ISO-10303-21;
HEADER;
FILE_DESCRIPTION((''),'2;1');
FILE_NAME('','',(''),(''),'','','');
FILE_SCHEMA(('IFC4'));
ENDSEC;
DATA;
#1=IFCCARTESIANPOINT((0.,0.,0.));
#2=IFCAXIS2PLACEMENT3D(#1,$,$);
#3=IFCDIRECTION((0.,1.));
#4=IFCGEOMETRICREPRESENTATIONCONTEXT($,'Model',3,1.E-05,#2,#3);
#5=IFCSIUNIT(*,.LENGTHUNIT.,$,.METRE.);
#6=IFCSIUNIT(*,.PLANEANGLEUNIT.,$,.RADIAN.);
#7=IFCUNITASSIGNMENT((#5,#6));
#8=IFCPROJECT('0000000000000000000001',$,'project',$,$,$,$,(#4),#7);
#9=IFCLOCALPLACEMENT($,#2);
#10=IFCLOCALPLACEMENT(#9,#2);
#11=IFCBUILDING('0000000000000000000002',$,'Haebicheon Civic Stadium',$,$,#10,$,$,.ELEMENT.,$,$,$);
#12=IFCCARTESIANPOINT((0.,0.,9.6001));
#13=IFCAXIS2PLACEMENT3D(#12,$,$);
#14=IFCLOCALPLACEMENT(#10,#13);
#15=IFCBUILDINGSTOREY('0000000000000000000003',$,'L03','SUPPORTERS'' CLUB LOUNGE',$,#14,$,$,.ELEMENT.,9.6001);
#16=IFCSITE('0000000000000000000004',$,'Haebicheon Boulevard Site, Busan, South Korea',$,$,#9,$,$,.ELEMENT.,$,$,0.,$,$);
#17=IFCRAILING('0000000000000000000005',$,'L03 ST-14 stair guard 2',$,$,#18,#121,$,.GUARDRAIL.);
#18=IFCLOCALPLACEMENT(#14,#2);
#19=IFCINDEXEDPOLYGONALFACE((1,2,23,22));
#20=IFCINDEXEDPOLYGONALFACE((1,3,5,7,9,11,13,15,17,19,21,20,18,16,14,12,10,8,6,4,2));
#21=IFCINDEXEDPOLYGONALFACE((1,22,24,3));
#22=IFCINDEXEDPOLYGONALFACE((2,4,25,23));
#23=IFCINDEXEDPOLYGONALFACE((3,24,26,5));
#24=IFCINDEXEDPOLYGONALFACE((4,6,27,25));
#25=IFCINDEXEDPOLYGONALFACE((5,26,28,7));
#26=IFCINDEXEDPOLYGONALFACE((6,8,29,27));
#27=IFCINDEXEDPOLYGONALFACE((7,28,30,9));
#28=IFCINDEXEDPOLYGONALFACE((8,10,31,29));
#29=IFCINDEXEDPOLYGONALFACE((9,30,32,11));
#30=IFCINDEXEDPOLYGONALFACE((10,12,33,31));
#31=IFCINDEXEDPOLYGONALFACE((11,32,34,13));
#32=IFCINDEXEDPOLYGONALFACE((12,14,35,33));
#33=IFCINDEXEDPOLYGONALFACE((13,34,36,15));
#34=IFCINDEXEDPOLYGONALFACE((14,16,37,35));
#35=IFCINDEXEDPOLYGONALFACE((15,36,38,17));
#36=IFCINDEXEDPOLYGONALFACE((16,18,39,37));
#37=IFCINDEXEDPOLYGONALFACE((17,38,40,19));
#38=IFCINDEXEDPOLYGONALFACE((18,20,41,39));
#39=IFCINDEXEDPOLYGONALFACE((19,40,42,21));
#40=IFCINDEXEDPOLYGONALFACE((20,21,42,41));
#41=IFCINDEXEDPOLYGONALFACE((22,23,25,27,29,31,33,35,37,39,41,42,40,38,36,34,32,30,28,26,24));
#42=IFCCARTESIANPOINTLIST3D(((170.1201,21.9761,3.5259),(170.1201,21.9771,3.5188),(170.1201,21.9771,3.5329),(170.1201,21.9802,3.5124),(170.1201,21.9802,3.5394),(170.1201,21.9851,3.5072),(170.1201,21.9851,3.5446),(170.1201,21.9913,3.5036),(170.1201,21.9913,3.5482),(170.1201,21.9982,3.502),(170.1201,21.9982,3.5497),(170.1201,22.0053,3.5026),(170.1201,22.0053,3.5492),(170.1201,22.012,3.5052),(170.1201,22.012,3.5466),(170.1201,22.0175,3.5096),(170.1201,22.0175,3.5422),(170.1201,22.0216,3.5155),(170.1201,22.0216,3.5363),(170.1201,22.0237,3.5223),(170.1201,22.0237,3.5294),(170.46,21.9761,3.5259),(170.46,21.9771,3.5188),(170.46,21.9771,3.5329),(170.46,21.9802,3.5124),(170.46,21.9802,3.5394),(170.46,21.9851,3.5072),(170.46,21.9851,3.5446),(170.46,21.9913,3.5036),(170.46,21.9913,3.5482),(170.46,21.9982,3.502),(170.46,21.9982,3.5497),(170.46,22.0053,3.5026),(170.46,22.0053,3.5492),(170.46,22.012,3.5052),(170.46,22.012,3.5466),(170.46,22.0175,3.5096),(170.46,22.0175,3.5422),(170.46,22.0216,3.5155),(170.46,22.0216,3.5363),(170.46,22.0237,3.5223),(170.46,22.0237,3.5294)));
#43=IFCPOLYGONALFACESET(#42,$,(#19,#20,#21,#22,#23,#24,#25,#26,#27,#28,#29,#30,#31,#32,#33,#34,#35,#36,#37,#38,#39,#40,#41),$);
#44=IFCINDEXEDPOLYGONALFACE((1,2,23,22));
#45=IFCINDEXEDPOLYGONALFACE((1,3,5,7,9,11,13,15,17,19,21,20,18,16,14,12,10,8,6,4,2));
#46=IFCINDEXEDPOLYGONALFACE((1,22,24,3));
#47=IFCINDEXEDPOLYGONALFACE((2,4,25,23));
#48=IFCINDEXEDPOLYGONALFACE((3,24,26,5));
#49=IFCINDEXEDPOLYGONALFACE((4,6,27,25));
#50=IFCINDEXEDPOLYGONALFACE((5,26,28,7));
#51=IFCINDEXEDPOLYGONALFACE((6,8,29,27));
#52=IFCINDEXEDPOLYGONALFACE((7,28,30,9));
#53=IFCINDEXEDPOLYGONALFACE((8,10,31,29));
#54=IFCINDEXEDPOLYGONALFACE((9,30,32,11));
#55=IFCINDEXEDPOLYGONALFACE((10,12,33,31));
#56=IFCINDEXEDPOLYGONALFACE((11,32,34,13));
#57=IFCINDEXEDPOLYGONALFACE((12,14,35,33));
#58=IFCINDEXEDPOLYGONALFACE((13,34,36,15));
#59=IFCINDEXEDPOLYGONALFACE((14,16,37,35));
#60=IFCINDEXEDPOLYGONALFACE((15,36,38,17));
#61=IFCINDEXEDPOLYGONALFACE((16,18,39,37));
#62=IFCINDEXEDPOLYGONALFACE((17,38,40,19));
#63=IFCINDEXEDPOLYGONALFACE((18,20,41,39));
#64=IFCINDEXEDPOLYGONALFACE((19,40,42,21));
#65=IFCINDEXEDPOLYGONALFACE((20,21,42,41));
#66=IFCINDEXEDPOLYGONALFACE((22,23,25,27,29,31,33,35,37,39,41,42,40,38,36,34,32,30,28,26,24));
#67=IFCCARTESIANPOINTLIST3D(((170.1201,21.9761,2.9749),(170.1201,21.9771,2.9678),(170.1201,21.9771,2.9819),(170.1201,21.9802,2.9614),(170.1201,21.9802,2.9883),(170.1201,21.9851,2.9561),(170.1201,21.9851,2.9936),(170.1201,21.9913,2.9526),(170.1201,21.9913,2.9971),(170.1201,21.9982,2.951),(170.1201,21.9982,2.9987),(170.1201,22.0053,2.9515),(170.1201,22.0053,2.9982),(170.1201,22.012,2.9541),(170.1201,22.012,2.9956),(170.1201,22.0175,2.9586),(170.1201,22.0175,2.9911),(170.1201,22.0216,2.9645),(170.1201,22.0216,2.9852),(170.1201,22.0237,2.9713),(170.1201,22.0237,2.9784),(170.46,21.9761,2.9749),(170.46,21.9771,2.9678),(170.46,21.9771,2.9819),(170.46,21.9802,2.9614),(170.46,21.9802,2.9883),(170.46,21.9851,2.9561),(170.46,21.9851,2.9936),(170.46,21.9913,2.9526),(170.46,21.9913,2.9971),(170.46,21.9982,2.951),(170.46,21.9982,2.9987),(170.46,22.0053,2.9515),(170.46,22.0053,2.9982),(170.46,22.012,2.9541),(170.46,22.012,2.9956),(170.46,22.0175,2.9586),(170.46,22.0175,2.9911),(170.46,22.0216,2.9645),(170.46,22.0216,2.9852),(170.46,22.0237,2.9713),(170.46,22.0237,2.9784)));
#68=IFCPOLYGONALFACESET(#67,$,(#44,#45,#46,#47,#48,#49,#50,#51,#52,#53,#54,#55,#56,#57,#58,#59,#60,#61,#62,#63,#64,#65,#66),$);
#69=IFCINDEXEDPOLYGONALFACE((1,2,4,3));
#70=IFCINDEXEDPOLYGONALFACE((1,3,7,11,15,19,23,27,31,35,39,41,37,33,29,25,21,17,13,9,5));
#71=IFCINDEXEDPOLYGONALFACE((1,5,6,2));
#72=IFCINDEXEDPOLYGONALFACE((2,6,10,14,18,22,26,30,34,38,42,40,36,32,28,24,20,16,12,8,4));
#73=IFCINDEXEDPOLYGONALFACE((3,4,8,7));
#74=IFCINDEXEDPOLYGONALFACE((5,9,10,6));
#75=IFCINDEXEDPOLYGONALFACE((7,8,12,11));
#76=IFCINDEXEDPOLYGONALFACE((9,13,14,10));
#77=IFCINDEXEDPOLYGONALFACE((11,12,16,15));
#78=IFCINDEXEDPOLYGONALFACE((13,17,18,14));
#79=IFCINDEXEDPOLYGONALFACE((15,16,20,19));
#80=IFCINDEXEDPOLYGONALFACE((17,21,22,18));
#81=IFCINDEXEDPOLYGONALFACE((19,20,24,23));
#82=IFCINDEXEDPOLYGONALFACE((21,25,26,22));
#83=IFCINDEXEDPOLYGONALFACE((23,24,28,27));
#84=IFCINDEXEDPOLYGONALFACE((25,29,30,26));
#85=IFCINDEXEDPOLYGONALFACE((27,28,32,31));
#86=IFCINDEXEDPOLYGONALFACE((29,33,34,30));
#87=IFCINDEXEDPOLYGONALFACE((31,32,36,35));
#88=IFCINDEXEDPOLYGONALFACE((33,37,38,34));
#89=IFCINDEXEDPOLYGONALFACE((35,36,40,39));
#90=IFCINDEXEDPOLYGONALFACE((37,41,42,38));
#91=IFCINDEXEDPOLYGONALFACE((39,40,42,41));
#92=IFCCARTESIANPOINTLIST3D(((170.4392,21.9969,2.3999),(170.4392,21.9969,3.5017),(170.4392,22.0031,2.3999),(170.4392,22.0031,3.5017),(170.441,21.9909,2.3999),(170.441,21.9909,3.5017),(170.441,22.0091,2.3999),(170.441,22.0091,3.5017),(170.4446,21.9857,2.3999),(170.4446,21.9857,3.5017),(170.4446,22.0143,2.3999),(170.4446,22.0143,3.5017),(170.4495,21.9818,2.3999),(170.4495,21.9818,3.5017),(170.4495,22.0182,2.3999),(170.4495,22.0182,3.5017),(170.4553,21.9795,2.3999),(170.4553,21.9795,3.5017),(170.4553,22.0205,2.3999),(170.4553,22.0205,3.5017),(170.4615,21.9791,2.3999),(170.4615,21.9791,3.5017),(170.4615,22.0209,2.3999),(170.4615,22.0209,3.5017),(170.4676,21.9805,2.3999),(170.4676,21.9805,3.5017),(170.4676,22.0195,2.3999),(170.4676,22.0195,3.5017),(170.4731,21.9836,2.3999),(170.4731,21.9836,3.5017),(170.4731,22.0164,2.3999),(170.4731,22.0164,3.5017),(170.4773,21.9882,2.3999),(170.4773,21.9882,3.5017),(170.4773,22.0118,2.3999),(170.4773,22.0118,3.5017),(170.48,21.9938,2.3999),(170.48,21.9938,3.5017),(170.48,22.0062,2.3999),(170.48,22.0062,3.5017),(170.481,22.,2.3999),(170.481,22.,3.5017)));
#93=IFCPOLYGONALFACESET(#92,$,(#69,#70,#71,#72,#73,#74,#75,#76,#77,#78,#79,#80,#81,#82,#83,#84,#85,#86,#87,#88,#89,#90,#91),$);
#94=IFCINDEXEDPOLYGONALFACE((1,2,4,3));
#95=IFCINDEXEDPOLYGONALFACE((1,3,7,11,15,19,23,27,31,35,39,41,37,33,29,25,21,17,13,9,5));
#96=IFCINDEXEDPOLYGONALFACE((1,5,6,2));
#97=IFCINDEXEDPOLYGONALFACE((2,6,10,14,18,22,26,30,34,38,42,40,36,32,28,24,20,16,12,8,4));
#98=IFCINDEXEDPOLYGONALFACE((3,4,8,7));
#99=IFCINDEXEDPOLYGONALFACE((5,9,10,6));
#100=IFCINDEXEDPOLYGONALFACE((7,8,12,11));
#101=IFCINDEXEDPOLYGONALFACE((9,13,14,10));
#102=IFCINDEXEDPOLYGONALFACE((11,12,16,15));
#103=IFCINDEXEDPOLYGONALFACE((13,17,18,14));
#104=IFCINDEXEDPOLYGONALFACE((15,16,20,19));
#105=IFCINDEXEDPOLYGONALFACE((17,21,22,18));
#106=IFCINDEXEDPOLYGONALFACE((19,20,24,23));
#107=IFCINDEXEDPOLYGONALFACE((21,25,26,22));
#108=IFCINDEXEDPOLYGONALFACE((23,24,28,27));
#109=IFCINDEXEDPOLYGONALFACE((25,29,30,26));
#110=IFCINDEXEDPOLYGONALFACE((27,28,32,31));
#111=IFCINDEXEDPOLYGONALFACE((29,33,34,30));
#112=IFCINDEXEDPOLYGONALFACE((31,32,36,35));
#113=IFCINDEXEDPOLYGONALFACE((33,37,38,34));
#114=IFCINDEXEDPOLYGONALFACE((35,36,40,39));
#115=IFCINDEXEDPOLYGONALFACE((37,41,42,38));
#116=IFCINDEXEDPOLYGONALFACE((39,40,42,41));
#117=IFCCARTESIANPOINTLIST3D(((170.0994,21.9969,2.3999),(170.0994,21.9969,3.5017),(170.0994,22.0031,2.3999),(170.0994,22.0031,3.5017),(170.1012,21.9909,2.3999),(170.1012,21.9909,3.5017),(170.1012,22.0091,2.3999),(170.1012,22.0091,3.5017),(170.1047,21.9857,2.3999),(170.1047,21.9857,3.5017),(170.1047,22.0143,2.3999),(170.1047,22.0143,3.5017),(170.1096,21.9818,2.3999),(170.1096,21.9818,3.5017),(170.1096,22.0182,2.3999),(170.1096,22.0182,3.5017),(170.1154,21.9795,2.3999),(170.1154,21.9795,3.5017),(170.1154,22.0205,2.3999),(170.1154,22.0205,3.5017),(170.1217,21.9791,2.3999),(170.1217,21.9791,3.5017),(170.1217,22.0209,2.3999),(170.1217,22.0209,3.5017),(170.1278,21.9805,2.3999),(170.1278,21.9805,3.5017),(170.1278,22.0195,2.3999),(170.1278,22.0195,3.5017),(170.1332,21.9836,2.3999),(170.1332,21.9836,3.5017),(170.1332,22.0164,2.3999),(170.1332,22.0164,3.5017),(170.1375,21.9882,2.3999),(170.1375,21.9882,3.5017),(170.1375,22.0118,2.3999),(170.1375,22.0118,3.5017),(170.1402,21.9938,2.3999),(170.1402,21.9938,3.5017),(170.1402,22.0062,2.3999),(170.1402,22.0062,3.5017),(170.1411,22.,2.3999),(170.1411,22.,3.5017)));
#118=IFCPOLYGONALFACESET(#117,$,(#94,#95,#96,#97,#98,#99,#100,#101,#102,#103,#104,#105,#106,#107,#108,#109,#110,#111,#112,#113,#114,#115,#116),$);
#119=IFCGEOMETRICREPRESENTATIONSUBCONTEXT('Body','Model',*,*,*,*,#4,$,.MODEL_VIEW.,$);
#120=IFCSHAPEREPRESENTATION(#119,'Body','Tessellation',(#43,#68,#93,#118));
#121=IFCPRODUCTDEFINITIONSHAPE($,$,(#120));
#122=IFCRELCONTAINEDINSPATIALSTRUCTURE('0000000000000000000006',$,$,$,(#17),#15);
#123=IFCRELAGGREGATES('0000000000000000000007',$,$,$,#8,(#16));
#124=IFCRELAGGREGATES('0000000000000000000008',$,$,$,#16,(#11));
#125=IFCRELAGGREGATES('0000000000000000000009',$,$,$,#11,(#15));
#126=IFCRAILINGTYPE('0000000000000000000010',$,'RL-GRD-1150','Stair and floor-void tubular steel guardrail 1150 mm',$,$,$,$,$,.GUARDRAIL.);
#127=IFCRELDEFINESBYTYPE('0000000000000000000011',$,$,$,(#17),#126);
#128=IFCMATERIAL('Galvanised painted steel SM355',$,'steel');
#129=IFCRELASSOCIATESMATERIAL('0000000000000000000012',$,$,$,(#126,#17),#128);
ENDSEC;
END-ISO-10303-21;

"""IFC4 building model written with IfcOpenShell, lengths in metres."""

from ifc_helpers import new_model, si_unit, direction, frame, origin, origin_2d, place, context, subcontext, project, spatial, circle, extrude, material, type_object, element, save


model = new_model("IFC4")

# Units and contexts
model_context = context("Model", 3, precision=1e-05, world=origin(), true_north=direction((0.0, 1.0)))
body_context = subcontext(model_context, "Body", "Model", "MODEL_VIEW")
ifc_project = project(units=[si_unit("LENGTHUNIT", "METRE"), si_unit("PLANEANGLEUNIT", "RADIAN")], contexts=[model_context])

# Site, building, storey
site_placement = place(None, origin())
site = spatial("IfcSite", under=ifc_project, at=site_placement, Name="Haebicheon Boulevard Site, Busan, South Korea", CompositionType="ELEMENT", RefElevation=0.0)
building_placement = place(site_placement, origin())
building = spatial("IfcBuilding", under=site, at=building_placement, Name="Haebicheon Civic Stadium", CompositionType="ELEMENT")
storey_placement = place(building_placement, frame((0.0, 0.0, 9.6001)))
storey = spatial("IfcBuildingStorey", under=building, at=storey_placement, Name="L03", Description="SUPPORTERS' CLUB LOUNGE", CompositionType="ELEMENT", Elevation=9.6001)

# Railing
ifc_material_1 = material(Name="Galvanised painted steel SM355", Category="steel")
railing_type_1 = type_object("IfcRailingType", Name="RL-GRD-1150", Description="Stair and floor-void tubular steel guardrail 1150 mm", PredefinedType="GUARDRAIL", material=ifc_material_1)
railing_1_placement = place(storey_placement, frame((170.46, 22.0, 2.3999)))
element("IfcRailing", 1, at=railing_1_placement, inside=storey, type_object=railing_type_1, material=ifc_material_1, Name="L03 ST-14 stair guard 2", PredefinedType="GUARDRAIL", context=body_context, shape_type="SweptSolid", body=[
    extrude(circle(Radius=0.0239, at=origin_2d()), frame((0.0, 0.0, 1.126), z_axis=(-1.0, 0.0, 0.0), x_axis=(0.0, -1.0, 0.0)), (0.0, 0.0, 1.0), 0.3398),
    extrude(circle(Radius=0.0239, at=origin_2d()), frame((0.0, 0.0, 0.575), z_axis=(-1.0, 0.0, 0.0), x_axis=(0.0, -1.0, 0.0)), (0.0, 0.0, 1.0), 0.3398),
    extrude(circle(Radius=0.021, at=origin_2d()), origin(), (0.0, 0.0, 1.0), 1.1018),
    extrude(circle(Radius=0.021, at=origin_2d()), frame((-0.3398, 0.0, 0.0)), (0.0, 0.0, 1.0), 1.1018),
])

save(model, "model.ifc")
